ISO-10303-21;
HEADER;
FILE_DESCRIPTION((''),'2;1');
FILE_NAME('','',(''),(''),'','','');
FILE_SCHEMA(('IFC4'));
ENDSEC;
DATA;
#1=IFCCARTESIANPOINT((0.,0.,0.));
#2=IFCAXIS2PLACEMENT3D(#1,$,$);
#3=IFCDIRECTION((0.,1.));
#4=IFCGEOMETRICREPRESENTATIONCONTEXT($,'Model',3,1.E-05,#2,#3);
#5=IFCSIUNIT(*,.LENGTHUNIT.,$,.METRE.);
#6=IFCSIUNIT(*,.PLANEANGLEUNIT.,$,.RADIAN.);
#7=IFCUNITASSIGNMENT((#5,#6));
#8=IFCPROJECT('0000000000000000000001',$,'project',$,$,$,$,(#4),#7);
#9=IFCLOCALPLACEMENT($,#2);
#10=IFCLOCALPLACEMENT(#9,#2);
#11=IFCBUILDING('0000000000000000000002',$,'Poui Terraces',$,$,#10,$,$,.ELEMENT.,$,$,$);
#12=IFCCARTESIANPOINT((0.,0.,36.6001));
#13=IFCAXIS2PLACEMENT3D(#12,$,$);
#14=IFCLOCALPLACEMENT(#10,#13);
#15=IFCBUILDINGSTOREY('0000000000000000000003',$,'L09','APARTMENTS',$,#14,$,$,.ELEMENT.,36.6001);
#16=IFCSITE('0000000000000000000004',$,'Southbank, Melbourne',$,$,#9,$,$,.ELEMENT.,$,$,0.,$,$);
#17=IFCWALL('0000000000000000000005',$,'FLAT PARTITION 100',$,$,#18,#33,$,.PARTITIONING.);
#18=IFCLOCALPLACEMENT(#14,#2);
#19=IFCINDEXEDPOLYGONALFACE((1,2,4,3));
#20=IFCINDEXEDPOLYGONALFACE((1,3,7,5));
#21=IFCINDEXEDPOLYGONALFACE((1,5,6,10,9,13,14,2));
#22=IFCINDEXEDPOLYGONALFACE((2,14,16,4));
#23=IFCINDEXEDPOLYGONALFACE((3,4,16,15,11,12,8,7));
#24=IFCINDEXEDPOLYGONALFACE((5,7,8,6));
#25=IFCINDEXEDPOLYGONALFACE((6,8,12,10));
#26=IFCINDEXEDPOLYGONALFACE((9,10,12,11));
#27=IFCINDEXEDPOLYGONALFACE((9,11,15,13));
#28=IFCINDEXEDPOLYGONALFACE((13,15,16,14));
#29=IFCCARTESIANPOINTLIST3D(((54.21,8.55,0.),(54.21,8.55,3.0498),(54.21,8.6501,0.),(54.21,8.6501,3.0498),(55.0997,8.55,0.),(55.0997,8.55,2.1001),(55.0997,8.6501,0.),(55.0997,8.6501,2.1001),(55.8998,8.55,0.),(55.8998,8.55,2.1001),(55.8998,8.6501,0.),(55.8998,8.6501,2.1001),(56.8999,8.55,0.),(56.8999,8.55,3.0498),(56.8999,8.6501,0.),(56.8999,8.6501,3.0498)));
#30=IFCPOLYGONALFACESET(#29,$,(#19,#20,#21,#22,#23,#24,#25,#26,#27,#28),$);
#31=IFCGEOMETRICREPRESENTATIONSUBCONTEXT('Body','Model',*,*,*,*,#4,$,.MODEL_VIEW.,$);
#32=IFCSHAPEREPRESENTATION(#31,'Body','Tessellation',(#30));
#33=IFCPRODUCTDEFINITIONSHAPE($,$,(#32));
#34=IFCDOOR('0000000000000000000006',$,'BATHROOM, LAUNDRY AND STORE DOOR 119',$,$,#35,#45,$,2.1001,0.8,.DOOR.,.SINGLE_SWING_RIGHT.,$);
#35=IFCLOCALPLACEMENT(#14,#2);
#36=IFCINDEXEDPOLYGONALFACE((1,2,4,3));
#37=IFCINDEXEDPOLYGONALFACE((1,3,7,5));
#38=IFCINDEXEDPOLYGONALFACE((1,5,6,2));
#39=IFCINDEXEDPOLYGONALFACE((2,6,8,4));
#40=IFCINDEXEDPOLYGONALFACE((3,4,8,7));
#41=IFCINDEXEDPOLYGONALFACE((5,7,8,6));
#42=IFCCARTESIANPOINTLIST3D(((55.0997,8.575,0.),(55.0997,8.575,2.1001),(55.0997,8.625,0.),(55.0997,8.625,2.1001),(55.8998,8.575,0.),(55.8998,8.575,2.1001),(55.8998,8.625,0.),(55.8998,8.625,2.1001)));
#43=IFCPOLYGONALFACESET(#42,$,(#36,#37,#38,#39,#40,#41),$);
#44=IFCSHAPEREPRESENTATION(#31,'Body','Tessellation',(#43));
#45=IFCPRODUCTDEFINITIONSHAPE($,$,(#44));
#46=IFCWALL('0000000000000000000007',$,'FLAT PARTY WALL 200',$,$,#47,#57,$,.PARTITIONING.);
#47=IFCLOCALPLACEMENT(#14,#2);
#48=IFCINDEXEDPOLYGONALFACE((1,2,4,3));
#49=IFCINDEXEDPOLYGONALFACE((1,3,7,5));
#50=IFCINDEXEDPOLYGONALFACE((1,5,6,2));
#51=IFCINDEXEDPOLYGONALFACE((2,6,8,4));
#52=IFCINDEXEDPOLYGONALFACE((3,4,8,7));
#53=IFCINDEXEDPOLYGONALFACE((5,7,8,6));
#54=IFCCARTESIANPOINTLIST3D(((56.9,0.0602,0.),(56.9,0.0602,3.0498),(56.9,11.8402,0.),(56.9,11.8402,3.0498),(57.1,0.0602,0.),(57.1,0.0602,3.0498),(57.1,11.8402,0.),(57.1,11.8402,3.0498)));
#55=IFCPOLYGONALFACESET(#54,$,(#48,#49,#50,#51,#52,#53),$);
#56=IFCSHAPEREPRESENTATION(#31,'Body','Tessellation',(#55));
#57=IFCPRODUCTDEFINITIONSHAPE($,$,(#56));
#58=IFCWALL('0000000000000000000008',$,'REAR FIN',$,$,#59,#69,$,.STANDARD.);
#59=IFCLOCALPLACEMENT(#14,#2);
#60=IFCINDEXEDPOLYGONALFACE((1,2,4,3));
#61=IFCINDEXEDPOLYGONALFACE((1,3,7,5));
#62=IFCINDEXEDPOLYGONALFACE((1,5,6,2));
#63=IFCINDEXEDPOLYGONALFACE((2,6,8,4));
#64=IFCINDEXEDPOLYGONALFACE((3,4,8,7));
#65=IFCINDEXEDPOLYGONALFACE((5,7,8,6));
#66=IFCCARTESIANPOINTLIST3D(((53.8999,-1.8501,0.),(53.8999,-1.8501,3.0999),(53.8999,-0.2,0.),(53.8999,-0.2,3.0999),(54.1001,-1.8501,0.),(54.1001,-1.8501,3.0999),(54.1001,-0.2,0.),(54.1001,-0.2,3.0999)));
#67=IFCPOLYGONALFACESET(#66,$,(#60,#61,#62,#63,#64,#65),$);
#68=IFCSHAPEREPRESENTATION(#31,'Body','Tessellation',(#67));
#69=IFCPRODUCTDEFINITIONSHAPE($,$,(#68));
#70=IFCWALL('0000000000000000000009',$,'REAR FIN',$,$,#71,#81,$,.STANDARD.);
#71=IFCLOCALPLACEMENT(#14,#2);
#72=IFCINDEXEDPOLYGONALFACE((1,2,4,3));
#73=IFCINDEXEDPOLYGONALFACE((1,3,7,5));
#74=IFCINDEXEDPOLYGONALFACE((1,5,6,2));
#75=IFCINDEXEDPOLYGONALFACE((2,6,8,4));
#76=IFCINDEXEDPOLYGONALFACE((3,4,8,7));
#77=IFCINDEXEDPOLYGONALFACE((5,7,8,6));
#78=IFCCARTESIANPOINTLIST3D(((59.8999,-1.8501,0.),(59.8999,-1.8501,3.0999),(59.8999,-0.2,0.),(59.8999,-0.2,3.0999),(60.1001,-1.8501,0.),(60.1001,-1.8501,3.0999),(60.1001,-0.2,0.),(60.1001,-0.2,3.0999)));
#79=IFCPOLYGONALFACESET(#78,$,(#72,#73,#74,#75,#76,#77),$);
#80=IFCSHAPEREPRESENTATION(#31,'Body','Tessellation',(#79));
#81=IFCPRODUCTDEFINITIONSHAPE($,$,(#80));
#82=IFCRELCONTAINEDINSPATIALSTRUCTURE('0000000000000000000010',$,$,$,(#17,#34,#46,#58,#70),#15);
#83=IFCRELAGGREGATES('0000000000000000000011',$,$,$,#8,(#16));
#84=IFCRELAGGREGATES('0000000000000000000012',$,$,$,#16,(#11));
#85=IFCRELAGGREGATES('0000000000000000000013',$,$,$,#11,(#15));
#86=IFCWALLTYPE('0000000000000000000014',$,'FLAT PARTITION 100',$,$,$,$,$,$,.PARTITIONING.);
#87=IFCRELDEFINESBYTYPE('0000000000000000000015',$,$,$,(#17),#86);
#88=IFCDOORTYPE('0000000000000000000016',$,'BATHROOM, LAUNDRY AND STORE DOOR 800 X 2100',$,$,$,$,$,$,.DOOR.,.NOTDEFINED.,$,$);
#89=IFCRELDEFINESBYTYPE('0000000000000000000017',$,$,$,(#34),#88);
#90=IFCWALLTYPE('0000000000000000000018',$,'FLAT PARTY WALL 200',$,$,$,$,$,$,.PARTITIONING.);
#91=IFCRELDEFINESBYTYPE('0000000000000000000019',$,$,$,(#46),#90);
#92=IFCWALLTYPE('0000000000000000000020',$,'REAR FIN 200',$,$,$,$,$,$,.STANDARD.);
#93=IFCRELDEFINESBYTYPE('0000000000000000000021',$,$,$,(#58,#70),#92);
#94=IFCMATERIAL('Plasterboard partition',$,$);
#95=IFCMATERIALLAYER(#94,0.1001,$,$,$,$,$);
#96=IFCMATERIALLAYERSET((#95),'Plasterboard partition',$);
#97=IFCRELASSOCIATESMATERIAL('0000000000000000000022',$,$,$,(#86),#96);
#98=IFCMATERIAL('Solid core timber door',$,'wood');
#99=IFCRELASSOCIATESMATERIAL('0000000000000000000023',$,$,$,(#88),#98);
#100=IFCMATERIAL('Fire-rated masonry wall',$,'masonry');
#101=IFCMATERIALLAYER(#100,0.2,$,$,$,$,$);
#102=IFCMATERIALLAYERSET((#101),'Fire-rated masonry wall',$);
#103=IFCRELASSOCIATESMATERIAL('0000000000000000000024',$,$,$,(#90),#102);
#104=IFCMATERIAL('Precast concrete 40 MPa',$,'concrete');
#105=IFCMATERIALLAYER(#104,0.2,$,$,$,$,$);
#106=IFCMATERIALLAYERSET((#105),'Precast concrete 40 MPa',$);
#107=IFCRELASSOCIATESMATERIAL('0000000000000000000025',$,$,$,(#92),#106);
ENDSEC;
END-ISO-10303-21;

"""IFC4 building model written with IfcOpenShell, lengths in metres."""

from ifc_helpers import new_model, si_unit, direction, frame, frame_2d, origin, place, context, subcontext, project, spatial, polyline, rectangle, outline, extrude, source, transform, mapped, material, layer, layer_set, type_object, element, fill, save


model = new_model("IFC4")

# Units and contexts
model_context = context("Model", 3, precision=1e-05, world=origin(), true_north=direction((0.0, 1.0)))
body_context = subcontext(model_context, "Body", "Model", "MODEL_VIEW")
ifc_project = project(units=[si_unit("LENGTHUNIT", "METRE"), si_unit("PLANEANGLEUNIT", "RADIAN")], contexts=[model_context])

# Site, building, storey
site_placement = place(None, origin())
site = spatial("IfcSite", under=ifc_project, at=site_placement, Name="Southbank, Melbourne", CompositionType="ELEMENT", RefElevation=0.0)
building_placement = place(site_placement, origin())
building = spatial("IfcBuilding", under=site, at=building_placement, Name="Poui Terraces", CompositionType="ELEMENT")
storey_placement = place(building_placement, frame((0.0, 0.0, 36.6001)))
storey = spatial("IfcBuildingStorey", under=building, at=storey_placement, Name="L09", Description="APARTMENTS", CompositionType="ELEMENT", Elevation=36.6001)

# Shared definitions
ifc_material_1 = material(Name="Precast concrete 40 MPa", Category="concrete")

# Wall, opening, door
ifc_material_2 = material(Name="Solid core timber door", Category="wood")
ifc_material_3 = material(Name="Plasterboard partition")
ifc_layer_1 = layer(ifc_material_3, 0.1001)
ifc_layer_set_1 = layer_set([ifc_layer_1], Name="Plasterboard partition")
wall_type_1 = type_object("IfcWallType", Name="FLAT PARTITION 100", PredefinedType="PARTITIONING", material=ifc_layer_set_1)
door_type_1 = type_object("IfcDoorType", Name="BATHROOM, LAUNDRY AND STORE DOOR 800 X 2100", OperationType="NOTDEFINED", PredefinedType="DOOR", material=ifc_material_2)
wall_1_placement = place(storey_placement, frame((54.21, 8.6001, 0.0), z_axis=(0.0, 0.0, 1.0), x_axis=(1.0, 0.0, 0.0)))
wall_1 = element("IfcWall", 1, at=wall_1_placement, inside=storey, type_object=wall_type_1, Name="FLAT PARTITION 100", PredefinedType="PARTITIONING", context=body_context, shape_type="SweptSolid", body=[
    extrude(rectangle(XDim=2.6899, YDim=0.1001, at=frame_2d((1.345, 0.0))), origin(), (0.0, 0.0, 1.0), 3.0498),
])
opening_1_placement = place(wall_1_placement, frame((0.8899, 0.0, 0.0)))
opening_1 = element("IfcOpeningElement", 2, at=opening_1_placement, cuts=wall_1, PredefinedType="OPENING", context=body_context, shape_type="SweptSolid", body=[
    extrude(rectangle(XDim=0.8, YDim=2.1001, at=frame_2d((0.3999, 1.05))), frame((0.0, 0.0601, 0.0), z_axis=(0.0, -1.0, 0.0), x_axis=(1.0, 0.0, 0.0)), (0.0, 0.0, 1.0), 0.1201),
])
door_1_placement = place(opening_1_placement, origin())
door_1 = element("IfcDoor", 3, at=door_1_placement, inside=storey, type_object=door_type_1, Name="BATHROOM, LAUNDRY AND STORE DOOR 119", OperationType="SINGLE_SWING_RIGHT", OverallHeight=2.1001, OverallWidth=0.8, PredefinedType="DOOR", context=body_context, shape_type="SweptSolid", body=[
    extrude(rectangle(XDim=0.8, YDim=2.1001, at=frame_2d((0.3999, 1.05))), frame((0.0, 0.0249, 0.0), z_axis=(0.0, -1.0, 0.0), x_axis=(1.0, 0.0, 0.0)), (0.0, 0.0, 1.0), 0.05),
])
fill(opening_1, door_1)

# Walls
ifc_material_4 = material(Name="Fire-rated masonry wall", Category="masonry")
ifc_layer_2 = layer(ifc_material_4, 0.2)
ifc_layer_set_2 = layer_set([ifc_layer_2], Name="Fire-rated masonry wall")
wall_type_2 = type_object("IfcWallType", Name="FLAT PARTY WALL 200", PredefinedType="PARTITIONING", material=ifc_layer_set_2)
wall_2_placement = place(storey_placement, frame((57.0, 0.0601, 0.0), z_axis=(0.0, 0.0, 1.0), x_axis=(0.0, 1.0, 0.0)))
element("IfcWall", 4, at=wall_2_placement, inside=storey, type_object=wall_type_2, Name="FLAT PARTY WALL 200", PredefinedType="PARTITIONING", context=body_context, shape_type="SweptSolid", body=[
    extrude(rectangle(XDim=11.78, YDim=0.2, at=frame_2d((5.8901, 0.0))), origin(), (0.0, 0.0, 1.0), 3.0498),
])
ifc_layer_3 = layer(ifc_material_1, 0.2)
ifc_layer_set_3 = layer_set([ifc_layer_3], Name="Precast concrete 40 MPa")
wall_type_3 = type_object("IfcWallType", Name="REAR FIN 200", PredefinedType="STANDARD", material=ifc_layer_set_3)
shared_shape_1 = source(origin(), body_context, "Body", "SweptSolid", [
    extrude(outline(polyline([(0.0, 0.0), (0.2002, 0.0), (0.2002, 1.6501), (0.0, 1.6501), (0.0, 0.0)])), origin(), (0.0, 0.0, 1.0), 3.0999),
])
for number, where, name in (
    (5, (53.8999, -1.8501, 0.0), "REAR FIN"),
    (6, (59.8999, -1.8501, 0.0), "REAR FIN"),
):
    element("IfcWall", number, at=place(storey_placement, frame(where)), inside=storey, type_object=wall_type_3, Name=name, PredefinedType="STANDARD", context=body_context, shape_type="MappedRepresentation", body=[
        mapped(shared_shape_1, transform((0.0, 0.0, 0.0))),
    ])

save(model, "model.ifc")
